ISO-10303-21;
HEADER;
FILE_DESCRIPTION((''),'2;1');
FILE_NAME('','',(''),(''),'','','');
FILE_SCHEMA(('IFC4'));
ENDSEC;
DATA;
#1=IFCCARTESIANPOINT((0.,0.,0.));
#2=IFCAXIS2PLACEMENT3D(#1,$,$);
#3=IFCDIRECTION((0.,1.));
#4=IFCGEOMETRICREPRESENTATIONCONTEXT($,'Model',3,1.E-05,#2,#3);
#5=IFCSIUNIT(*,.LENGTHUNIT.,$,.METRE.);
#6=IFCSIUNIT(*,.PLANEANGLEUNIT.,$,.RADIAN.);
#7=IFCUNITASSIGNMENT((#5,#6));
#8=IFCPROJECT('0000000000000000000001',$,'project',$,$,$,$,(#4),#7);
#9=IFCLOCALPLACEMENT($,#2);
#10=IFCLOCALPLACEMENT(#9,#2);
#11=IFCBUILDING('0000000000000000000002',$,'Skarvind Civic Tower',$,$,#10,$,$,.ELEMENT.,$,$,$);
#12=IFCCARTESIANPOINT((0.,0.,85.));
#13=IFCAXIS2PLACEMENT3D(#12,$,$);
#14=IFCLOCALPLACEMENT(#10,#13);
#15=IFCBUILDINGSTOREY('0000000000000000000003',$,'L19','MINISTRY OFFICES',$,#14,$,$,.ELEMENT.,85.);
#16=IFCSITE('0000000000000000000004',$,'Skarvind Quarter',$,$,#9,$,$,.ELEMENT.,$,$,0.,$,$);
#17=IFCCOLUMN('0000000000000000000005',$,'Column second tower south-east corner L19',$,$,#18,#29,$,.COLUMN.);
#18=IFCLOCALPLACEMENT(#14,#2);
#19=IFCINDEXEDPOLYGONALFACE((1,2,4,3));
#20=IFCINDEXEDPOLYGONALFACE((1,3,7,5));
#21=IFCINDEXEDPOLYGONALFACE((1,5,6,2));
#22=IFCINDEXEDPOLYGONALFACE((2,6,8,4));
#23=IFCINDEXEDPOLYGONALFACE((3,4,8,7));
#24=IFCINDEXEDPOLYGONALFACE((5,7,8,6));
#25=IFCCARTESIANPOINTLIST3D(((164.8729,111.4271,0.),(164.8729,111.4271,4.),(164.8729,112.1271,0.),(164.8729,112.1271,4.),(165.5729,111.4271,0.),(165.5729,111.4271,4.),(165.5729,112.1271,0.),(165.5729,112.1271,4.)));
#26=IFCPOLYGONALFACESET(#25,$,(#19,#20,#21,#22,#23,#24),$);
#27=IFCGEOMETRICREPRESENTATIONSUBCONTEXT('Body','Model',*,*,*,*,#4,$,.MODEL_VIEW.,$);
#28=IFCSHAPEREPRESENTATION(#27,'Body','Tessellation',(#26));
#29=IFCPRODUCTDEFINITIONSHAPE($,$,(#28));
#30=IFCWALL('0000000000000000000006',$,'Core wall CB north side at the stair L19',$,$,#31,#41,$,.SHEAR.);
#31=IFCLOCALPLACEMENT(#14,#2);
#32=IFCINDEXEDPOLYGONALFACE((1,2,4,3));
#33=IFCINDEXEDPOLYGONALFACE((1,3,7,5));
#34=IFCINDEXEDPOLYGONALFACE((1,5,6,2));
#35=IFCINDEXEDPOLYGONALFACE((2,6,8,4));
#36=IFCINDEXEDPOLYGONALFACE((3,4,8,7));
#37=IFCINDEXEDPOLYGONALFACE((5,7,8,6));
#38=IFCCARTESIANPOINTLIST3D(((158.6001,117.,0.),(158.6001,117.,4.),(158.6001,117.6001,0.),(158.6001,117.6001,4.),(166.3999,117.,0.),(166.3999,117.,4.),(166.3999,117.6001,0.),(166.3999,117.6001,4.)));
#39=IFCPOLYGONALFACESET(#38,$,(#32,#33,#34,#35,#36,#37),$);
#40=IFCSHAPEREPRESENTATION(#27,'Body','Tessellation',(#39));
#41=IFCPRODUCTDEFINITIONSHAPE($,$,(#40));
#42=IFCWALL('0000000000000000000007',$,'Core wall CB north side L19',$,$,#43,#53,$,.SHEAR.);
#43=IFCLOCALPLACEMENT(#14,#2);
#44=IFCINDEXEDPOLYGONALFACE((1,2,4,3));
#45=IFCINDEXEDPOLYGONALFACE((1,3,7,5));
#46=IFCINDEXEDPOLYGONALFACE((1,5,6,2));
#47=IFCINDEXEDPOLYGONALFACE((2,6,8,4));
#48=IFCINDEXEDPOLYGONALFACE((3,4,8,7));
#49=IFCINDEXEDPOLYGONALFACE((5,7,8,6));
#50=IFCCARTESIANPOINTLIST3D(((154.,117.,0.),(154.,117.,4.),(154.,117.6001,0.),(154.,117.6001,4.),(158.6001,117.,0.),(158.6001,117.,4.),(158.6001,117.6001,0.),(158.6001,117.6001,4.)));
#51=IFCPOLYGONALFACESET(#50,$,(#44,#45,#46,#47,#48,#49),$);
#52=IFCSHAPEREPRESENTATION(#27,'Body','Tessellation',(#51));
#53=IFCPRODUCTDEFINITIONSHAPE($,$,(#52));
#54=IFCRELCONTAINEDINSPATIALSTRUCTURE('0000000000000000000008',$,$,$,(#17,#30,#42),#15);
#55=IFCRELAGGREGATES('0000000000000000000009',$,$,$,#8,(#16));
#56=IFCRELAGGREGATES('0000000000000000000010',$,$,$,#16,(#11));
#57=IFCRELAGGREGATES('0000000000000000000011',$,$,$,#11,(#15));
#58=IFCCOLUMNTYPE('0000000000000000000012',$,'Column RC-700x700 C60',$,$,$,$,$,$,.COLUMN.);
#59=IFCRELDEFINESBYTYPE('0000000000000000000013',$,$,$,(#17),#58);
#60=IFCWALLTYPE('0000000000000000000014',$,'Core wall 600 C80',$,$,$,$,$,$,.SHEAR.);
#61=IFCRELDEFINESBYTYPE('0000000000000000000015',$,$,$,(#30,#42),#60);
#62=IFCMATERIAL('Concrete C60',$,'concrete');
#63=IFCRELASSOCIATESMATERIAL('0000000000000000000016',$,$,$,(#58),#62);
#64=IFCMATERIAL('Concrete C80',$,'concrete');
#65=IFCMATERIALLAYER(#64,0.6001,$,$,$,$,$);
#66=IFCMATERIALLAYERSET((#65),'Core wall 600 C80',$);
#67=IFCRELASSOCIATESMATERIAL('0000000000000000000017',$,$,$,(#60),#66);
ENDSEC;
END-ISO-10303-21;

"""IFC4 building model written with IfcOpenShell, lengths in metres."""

from ifc_helpers import new_model, si_unit, direction, frame, frame_2d, origin, origin_2d, place, context, subcontext, project, spatial, rectangle, extrude, material, layer, layer_set, material_profile, profile_set, type_object, element, save


model = new_model("IFC4")

# Units and contexts
model_context = context("Model", 3, precision=1e-05, world=origin(), true_north=direction((0.0, 1.0)))
body_context = subcontext(model_context, "Body", "Model", "MODEL_VIEW")
ifc_project = project(units=[si_unit("LENGTHUNIT", "METRE"), si_unit("PLANEANGLEUNIT", "RADIAN")], contexts=[model_context])

# Site, building, storey
site_placement = place(None, origin())
site = spatial("IfcSite", under=ifc_project, at=site_placement, Name="Skarvind Quarter", CompositionType="ELEMENT", RefElevation=0.0)
building_placement = place(site_placement, origin())
building = spatial("IfcBuilding", under=site, at=building_placement, Name="Skarvind Civic Tower", CompositionType="ELEMENT")
storey_placement = place(building_placement, frame((0.0, 0.0, 85.0)))
storey = spatial("IfcBuildingStorey", under=building, at=storey_placement, Name="L19", Description="MINISTRY OFFICES", CompositionType="ELEMENT", Elevation=85.0)

# Column
ifc_material_1 = material(Name="Concrete C60", Category="concrete")
ifc_material_profile = material_profile(ifc_material_1, rectangle(XDim=0.7, YDim=0.7, at=origin_2d()), Name="RC-700x700")
ifc_profile_set = profile_set([ifc_material_profile], Name="Concrete C60")
column_type = type_object("IfcColumnType", Name="Column RC-700x700 C60", PredefinedType="COLUMN", material=ifc_profile_set)
column_placement = place(storey_placement, frame((165.2229, 111.7771, 0.0), z_axis=(0.0, 0.0, 1.0), x_axis=(1.0, 0.0, 0.0)))
element("IfcColumn", 1, at=column_placement, inside=storey, type_object=column_type, Name="Column second tower south-east corner L19", PredefinedType="COLUMN", context=body_context, shape_type="SweptSolid", body=[
    extrude(rectangle(XDim=0.7, YDim=0.7, at=origin_2d()), origin(), (0.0, 0.0, 1.0), 4.0),
])

# Walls
ifc_material_2 = material(Name="Concrete C80", Category="concrete")
ifc_layer_1 = layer(ifc_material_2, 0.6001)
ifc_layer_set_1 = layer_set([ifc_layer_1], Name="Core wall 600 C80")
wall_type_1 = type_object("IfcWallType", Name="Core wall 600 C80", PredefinedType="SHEAR", material=ifc_layer_set_1)
wall_1_placement = place(storey_placement, frame((166.3999, 117.3, 0.0), z_axis=(0.0, 0.0, 1.0), x_axis=(-1.0, 0.0, 0.0)))
element("IfcWall", 2, at=wall_1_placement, inside=storey, type_object=wall_type_1, Name="Core wall CB north side at the stair L19", PredefinedType="SHEAR", context=body_context, shape_type="SweptSolid", body=[
    extrude(rectangle(XDim=7.7998, YDim=0.6001, at=frame_2d((3.8999, 0.0))), origin(), (0.0, 0.0, 1.0), 4.0),
])
wall_2_placement = place(storey_placement, frame((158.6001, 117.3, 0.0), z_axis=(0.0, 0.0, 1.0), x_axis=(-1.0, 0.0, 0.0)))
element("IfcWall", 3, at=wall_2_placement, inside=storey, type_object=wall_type_1, Name="Core wall CB north side L19", PredefinedType="SHEAR", context=body_context, shape_type="SweptSolid", body=[
    extrude(rectangle(XDim=4.6001, YDim=0.6001, at=frame_2d((2.3, 0.0))), origin(), (0.0, 0.0, 1.0), 4.0),
])

save(model, "model.ifc")
